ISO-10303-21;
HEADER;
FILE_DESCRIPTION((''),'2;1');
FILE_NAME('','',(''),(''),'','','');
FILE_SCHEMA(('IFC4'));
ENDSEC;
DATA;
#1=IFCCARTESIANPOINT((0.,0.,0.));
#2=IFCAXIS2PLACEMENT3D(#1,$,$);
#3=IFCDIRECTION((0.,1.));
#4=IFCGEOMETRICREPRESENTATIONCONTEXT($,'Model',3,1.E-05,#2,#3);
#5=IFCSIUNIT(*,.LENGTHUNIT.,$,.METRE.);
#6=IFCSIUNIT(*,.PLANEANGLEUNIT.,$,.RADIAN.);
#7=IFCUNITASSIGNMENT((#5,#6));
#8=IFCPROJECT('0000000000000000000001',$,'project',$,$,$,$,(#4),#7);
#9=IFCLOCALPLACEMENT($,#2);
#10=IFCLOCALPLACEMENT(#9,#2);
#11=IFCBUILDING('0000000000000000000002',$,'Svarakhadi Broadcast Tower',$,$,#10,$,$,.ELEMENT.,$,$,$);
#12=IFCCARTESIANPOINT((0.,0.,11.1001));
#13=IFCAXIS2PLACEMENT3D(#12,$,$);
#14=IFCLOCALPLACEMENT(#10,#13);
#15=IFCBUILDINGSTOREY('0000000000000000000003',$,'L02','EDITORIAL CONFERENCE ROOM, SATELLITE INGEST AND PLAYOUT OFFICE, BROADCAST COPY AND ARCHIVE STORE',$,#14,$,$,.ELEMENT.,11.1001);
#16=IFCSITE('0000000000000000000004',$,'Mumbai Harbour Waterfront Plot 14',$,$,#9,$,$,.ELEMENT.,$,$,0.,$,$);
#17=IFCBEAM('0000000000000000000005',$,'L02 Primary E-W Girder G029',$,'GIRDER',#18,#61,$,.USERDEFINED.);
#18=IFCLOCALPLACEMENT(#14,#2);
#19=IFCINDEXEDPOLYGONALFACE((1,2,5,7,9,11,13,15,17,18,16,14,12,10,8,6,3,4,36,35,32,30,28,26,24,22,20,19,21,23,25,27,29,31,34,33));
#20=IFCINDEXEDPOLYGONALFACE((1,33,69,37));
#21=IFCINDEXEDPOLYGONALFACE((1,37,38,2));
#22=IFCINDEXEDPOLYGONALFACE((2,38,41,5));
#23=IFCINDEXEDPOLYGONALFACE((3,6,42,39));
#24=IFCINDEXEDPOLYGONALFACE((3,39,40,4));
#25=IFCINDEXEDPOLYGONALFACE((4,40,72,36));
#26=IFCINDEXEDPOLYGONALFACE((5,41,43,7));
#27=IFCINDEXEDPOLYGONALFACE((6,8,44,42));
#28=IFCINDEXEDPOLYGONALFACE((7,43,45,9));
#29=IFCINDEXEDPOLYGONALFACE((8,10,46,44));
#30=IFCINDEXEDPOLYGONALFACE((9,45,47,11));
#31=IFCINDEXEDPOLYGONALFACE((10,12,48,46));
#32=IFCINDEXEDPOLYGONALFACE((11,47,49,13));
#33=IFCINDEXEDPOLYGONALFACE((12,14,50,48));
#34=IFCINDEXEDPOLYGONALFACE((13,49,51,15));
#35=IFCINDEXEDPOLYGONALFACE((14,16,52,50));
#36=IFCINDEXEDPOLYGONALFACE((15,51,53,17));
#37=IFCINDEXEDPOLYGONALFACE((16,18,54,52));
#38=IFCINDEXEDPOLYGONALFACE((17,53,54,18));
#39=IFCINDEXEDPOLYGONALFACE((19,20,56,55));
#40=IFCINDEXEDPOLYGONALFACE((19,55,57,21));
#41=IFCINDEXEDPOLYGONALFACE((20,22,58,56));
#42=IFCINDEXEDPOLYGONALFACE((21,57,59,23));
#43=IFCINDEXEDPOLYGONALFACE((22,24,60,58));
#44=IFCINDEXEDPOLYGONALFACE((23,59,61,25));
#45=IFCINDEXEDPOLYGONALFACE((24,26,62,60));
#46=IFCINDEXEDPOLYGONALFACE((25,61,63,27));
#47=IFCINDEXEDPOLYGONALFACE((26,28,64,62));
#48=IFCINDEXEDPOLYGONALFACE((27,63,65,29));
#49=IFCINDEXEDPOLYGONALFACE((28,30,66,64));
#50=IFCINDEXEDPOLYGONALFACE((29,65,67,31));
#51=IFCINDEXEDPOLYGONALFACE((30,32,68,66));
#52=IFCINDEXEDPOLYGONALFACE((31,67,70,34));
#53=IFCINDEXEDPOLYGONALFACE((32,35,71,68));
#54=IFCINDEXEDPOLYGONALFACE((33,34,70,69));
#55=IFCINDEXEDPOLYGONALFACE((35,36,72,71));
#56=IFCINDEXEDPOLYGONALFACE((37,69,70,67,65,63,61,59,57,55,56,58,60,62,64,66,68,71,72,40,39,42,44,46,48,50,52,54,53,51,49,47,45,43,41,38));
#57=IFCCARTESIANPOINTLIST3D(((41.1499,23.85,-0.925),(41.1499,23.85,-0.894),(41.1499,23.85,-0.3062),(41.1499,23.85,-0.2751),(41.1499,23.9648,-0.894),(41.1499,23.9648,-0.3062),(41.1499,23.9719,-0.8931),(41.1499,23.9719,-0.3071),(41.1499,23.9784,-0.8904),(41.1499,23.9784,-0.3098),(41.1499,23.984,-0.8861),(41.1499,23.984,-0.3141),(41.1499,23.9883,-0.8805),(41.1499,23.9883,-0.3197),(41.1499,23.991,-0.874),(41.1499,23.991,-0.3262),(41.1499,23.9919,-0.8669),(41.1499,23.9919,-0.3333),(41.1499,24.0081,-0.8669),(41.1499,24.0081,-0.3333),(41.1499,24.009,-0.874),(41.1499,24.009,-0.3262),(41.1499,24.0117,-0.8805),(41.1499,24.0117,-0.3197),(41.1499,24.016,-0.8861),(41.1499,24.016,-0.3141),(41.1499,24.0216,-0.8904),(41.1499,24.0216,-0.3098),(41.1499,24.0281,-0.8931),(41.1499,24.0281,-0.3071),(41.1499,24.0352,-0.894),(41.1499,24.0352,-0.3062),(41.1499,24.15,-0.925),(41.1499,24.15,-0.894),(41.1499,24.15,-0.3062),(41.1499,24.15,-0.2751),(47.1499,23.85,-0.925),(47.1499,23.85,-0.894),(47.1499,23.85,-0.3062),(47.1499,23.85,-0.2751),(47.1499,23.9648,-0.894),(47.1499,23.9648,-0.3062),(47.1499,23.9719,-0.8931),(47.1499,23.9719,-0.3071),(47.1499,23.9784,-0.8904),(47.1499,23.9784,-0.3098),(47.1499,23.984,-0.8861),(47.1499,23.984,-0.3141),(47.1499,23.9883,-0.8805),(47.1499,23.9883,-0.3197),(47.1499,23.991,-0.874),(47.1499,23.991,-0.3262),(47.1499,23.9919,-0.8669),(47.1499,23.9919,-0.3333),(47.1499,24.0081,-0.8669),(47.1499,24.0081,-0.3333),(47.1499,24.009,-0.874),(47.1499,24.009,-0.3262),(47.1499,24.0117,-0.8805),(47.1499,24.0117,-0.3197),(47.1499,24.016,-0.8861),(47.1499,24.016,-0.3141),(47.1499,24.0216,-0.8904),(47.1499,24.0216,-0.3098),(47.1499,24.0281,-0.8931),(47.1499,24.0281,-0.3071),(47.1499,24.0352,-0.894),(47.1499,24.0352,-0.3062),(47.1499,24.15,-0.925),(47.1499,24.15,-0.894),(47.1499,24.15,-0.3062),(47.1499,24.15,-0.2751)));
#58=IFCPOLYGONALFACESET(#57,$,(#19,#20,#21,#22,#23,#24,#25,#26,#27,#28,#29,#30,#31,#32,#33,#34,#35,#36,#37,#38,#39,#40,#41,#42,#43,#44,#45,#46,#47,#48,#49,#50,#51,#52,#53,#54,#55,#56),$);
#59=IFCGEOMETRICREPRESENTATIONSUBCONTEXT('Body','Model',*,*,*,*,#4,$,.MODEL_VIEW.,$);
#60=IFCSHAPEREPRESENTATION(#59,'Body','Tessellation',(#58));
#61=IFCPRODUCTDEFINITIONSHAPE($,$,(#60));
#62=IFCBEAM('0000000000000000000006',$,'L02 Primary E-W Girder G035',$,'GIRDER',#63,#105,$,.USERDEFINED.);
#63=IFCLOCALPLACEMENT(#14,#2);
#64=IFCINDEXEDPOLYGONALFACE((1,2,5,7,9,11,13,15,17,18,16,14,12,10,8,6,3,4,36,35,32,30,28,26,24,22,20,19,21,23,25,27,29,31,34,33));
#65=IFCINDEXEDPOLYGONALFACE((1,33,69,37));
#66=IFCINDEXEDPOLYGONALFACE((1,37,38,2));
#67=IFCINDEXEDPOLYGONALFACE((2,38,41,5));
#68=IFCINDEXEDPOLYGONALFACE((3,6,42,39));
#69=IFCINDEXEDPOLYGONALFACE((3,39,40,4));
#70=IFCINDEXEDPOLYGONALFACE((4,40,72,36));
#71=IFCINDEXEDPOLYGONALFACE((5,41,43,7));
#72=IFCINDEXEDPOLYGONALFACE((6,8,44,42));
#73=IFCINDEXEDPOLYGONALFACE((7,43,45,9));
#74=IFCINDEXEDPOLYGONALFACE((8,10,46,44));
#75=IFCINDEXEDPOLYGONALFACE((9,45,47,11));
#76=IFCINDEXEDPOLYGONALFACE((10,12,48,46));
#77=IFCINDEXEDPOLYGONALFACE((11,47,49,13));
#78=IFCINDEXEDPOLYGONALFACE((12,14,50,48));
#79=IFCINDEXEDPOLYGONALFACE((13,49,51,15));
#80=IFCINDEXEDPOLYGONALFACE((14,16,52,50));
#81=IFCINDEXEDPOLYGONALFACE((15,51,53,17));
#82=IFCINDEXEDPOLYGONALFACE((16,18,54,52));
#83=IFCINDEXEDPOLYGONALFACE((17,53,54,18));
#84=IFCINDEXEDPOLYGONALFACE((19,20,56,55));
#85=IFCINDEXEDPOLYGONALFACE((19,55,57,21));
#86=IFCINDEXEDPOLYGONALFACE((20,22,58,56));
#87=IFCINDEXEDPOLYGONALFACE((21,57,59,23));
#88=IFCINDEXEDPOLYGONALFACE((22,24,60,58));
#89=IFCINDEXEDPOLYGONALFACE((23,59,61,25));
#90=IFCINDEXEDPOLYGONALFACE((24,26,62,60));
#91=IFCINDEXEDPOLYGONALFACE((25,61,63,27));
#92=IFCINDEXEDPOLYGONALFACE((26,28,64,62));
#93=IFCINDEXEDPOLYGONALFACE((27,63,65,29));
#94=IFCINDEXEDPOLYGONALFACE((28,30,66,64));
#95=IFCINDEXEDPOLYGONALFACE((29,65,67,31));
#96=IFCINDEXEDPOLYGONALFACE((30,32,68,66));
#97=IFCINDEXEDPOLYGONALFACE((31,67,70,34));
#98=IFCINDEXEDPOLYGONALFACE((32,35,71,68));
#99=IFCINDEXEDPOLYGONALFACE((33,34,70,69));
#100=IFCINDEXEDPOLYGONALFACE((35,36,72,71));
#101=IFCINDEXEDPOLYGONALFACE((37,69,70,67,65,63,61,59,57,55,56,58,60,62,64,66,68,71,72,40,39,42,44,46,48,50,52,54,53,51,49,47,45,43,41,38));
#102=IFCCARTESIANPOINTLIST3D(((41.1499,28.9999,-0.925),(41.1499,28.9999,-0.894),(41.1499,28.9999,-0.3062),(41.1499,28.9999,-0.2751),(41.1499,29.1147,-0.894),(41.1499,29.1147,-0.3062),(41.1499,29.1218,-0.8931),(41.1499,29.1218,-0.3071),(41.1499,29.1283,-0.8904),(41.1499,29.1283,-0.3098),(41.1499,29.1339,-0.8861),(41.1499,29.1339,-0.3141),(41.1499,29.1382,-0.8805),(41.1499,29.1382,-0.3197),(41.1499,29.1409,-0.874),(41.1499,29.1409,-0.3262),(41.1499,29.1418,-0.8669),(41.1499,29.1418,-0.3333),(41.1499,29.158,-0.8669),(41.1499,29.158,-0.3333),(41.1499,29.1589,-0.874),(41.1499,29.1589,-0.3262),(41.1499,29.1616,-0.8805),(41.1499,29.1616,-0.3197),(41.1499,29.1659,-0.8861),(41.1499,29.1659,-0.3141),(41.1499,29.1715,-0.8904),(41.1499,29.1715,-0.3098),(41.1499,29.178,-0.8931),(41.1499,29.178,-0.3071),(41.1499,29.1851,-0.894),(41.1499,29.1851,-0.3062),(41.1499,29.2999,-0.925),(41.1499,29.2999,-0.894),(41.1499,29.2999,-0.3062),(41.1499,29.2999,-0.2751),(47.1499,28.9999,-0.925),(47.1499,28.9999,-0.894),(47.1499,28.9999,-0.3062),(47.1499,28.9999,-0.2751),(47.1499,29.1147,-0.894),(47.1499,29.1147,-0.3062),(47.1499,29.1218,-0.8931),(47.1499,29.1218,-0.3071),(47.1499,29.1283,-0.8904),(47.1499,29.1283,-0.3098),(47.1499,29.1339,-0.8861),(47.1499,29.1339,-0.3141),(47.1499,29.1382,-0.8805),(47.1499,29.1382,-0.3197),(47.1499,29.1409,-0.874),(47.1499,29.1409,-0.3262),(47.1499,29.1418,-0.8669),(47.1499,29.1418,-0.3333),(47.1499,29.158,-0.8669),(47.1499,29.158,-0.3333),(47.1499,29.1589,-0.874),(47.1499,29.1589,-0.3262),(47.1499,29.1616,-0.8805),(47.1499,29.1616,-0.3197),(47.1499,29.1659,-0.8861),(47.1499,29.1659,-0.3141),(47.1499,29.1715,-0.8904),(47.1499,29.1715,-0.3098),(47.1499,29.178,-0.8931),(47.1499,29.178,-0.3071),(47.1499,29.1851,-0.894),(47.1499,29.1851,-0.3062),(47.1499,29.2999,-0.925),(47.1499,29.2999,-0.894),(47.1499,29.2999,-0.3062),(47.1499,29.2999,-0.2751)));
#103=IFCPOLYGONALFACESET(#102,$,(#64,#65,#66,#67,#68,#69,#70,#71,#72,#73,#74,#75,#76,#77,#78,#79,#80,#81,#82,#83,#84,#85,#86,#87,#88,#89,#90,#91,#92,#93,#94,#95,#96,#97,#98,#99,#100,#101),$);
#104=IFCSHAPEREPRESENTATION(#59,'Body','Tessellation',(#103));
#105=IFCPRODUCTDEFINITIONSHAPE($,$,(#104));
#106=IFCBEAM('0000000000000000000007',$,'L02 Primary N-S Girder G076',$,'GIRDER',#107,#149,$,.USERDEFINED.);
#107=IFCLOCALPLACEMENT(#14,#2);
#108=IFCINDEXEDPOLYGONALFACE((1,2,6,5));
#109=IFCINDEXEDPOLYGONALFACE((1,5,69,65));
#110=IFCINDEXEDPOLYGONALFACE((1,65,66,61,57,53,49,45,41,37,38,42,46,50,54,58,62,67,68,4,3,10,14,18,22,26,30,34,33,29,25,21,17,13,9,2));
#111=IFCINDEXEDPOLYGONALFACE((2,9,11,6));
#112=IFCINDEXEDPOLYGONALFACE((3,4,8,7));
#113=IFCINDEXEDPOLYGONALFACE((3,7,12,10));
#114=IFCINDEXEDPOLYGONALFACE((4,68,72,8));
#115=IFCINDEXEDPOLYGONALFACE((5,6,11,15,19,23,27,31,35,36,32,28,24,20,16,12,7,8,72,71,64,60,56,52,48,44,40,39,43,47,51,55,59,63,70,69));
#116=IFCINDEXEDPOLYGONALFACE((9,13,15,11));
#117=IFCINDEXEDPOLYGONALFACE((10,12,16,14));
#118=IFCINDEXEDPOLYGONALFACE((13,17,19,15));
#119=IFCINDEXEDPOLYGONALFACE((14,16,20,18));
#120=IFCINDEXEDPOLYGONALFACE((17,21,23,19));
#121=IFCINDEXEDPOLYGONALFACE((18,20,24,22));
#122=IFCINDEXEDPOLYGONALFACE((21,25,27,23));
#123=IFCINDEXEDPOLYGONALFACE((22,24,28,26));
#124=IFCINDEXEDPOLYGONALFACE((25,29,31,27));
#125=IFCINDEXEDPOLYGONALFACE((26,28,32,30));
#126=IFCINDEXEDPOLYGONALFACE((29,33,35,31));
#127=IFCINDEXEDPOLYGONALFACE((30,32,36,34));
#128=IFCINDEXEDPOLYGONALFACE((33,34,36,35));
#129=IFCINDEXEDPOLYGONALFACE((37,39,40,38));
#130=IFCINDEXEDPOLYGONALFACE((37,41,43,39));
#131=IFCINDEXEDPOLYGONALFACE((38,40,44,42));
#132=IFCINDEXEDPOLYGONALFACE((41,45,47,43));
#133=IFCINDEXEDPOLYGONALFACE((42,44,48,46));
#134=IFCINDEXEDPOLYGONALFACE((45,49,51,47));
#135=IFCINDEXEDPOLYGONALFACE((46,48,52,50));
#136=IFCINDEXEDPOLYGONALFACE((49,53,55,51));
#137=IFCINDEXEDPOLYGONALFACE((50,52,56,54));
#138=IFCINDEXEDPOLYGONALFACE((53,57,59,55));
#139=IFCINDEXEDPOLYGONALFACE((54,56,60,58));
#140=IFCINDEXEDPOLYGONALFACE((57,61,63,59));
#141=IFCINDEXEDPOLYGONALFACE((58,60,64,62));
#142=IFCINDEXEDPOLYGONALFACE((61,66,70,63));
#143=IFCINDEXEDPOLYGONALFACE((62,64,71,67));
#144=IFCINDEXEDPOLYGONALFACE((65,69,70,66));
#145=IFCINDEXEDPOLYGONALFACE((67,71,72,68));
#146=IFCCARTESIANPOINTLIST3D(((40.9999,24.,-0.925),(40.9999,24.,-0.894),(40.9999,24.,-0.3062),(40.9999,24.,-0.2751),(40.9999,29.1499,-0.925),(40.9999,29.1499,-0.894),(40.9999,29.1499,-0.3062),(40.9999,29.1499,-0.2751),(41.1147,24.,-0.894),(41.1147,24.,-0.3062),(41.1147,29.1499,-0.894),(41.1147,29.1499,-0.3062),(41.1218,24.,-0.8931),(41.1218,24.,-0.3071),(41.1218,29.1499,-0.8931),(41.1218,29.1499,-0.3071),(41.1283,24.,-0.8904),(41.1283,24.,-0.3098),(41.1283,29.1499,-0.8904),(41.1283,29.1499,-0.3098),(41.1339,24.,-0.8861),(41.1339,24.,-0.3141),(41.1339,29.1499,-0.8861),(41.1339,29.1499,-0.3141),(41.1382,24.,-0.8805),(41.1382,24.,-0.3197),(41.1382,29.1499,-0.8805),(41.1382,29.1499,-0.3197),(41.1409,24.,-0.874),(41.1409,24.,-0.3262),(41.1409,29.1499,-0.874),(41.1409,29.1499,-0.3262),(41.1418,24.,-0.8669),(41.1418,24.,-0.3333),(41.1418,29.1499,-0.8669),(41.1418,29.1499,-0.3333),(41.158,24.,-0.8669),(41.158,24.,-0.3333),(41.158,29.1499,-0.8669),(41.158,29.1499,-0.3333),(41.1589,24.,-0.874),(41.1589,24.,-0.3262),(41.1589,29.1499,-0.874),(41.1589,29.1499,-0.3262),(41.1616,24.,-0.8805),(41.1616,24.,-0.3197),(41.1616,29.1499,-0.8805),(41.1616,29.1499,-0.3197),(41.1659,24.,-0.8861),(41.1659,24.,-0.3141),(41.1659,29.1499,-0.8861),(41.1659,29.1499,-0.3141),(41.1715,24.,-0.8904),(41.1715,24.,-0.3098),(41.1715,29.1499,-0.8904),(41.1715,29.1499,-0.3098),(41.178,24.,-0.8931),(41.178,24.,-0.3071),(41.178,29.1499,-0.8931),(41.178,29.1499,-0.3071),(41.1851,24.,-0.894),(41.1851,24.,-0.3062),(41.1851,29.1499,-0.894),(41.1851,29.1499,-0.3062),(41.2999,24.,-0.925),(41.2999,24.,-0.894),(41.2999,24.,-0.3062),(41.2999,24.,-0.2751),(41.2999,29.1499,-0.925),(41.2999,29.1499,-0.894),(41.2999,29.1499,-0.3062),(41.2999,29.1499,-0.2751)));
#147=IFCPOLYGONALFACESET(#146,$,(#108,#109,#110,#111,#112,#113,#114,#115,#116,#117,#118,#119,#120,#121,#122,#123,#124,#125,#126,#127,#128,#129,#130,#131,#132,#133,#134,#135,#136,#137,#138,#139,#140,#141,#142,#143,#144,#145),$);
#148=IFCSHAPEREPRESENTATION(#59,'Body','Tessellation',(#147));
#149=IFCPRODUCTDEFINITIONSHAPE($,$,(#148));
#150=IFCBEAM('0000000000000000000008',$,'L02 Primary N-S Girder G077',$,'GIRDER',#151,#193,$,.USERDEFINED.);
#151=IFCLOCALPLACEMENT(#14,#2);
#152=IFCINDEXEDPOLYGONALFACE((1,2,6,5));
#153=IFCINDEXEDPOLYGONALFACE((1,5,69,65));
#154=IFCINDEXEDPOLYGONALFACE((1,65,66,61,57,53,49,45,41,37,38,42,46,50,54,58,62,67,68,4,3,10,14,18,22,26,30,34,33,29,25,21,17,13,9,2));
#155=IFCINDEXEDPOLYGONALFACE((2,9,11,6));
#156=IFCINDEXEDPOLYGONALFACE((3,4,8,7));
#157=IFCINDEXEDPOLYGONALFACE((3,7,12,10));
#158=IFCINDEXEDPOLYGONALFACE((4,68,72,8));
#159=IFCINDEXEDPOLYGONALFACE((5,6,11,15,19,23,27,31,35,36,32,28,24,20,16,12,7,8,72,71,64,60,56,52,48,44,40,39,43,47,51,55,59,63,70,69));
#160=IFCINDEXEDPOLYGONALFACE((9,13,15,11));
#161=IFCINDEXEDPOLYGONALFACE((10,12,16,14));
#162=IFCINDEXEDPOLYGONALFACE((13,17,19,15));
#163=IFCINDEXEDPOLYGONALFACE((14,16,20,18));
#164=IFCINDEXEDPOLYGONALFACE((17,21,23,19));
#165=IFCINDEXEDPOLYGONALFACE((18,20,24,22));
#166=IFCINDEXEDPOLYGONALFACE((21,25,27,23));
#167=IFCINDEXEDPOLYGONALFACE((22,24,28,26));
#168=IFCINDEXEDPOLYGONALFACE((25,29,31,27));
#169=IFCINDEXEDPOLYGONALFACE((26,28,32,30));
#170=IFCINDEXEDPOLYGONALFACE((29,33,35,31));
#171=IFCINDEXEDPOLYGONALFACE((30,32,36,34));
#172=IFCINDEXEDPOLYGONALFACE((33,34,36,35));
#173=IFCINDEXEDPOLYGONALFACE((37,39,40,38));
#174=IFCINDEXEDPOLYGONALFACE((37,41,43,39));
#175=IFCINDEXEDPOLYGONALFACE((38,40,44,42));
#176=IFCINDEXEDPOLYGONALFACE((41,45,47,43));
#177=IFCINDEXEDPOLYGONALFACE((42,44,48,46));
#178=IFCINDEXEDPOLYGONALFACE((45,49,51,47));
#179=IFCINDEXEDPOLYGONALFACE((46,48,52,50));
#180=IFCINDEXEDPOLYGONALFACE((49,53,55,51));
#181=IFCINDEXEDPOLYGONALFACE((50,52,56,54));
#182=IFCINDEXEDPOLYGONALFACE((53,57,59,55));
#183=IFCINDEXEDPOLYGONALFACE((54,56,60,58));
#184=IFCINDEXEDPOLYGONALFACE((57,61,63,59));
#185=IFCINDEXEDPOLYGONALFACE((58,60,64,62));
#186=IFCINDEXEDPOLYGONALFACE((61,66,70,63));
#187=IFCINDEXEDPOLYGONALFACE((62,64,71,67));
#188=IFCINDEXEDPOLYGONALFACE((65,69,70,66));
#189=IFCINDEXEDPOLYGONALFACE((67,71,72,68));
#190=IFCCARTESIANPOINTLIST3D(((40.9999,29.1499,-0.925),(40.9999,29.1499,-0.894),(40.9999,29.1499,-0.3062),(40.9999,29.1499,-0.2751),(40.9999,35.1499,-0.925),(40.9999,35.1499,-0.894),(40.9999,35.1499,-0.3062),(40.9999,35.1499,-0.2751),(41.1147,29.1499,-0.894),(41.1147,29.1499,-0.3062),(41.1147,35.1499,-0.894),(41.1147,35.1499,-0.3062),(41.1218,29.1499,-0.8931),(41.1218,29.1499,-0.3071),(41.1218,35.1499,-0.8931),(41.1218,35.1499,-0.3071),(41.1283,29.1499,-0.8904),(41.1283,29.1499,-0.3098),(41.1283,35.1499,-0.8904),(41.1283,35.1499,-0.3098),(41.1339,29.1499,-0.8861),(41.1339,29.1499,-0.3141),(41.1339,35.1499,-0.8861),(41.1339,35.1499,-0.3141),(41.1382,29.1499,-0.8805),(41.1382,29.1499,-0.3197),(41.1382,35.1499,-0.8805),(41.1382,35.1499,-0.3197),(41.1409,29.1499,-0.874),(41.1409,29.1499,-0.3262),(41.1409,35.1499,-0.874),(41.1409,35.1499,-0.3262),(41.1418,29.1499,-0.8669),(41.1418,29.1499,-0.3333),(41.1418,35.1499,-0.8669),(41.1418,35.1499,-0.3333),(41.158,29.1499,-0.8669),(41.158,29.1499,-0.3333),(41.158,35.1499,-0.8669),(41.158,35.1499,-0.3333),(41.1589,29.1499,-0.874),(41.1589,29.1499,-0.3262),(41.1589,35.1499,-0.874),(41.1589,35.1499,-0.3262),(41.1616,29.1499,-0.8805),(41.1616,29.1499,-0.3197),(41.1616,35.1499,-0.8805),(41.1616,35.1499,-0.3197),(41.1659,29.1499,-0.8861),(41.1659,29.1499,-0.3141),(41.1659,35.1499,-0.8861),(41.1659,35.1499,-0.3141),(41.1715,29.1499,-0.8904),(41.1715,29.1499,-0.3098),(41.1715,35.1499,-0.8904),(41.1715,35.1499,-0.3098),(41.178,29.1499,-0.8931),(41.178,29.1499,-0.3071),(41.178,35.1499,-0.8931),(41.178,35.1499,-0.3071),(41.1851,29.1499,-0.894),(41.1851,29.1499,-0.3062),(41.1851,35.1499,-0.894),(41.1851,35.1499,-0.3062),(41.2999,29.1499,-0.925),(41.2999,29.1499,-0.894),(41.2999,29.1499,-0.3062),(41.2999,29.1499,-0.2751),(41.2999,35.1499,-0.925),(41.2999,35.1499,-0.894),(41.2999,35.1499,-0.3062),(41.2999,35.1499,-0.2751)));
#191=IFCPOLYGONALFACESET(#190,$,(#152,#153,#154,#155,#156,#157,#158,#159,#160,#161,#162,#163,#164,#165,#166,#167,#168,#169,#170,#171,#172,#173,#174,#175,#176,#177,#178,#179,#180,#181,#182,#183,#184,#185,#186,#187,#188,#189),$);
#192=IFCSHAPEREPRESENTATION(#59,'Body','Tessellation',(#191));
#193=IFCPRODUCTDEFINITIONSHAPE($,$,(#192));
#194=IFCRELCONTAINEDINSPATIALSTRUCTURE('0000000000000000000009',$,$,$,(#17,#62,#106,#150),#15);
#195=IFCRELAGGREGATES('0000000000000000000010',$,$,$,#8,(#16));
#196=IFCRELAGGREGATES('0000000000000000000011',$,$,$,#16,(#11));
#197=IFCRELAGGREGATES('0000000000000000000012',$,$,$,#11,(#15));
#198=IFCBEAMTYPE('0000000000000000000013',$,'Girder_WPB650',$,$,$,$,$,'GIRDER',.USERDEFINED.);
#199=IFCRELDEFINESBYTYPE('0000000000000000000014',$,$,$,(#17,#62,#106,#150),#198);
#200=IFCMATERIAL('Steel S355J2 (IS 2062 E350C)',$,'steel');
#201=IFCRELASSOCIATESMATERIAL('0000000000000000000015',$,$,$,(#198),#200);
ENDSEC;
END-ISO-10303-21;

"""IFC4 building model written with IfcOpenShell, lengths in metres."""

from ifc_helpers import new_model, si_unit, direction, frame, origin, origin_2d, place, context, subcontext, project, spatial, i_section, extrude, material, material_profile, profile_set, type_object, element, save


model = new_model("IFC4")

# Units and contexts
model_context = context("Model", 3, precision=1e-05, world=origin(), true_north=direction((0.0, 1.0)))
body_context = subcontext(model_context, "Body", "Model", "MODEL_VIEW")
ifc_project = project(units=[si_unit("LENGTHUNIT", "METRE"), si_unit("PLANEANGLEUNIT", "RADIAN")], contexts=[model_context])

# Site, building, storey
site_placement = place(None, origin())
site = spatial("IfcSite", under=ifc_project, at=site_placement, Name="Mumbai Harbour Waterfront Plot 14", CompositionType="ELEMENT", RefElevation=0.0)
building_placement = place(site_placement, origin())
building = spatial("IfcBuilding", under=site, at=building_placement, Name="Svarakhadi Broadcast Tower", CompositionType="ELEMENT")
storey_placement = place(building_placement, frame((0.0, 0.0, 11.1001)))
storey = spatial("IfcBuildingStorey", under=building, at=storey_placement, Name="L02", Description="EDITORIAL CONFERENCE ROOM, SATELLITE INGEST AND PLAYOUT OFFICE, BROADCAST COPY AND ARCHIVE STORE", CompositionType="ELEMENT", Elevation=11.1001)

# Beams
ifc_material_1 = material(Name="Steel S355J2 (IS 2062 E350C)", Category="steel")
ifc_material_profile_1 = material_profile(ifc_material_1, i_section(OverallWidth=0.3, OverallDepth=0.6499, WebThickness=0.0161, FlangeThickness=0.031, FilletRadius=0.0271, at=origin_2d()), Name="WPB 650x300x225")
ifc_profile_set_1 = profile_set([ifc_material_profile_1], Name="Steel S355J2 (IS 2062 E350C)")
beam_type_1 = type_object("IfcBeamType", Name="Girder_WPB650", ElementType="GIRDER", PredefinedType="USERDEFINED", material=ifc_profile_set_1)
for number, where, z_axis, x_axis, name in (
    (1, (41.1499, 24.0, -0.6001), (1.0, 0.0, 0.0), (0.0, 1.0, 0.0), "L02 Primary E-W Girder G029"),
    (2, (41.1499, 29.1499, -0.6001), (1.0, 0.0, 0.0), (0.0, 1.0, 0.0), "L02 Primary E-W Girder G035"),
):
    element("IfcBeam", number, at=place(storey_placement, frame(where, z_axis=z_axis, x_axis=x_axis)), inside=storey, type_object=beam_type_1, Name=name, ObjectType="GIRDER", PredefinedType="USERDEFINED", context=body_context, shape_type="SweptSolid", body=[
        extrude(i_section(OverallWidth=0.3, OverallDepth=0.6499, WebThickness=0.0161, FlangeThickness=0.031, FilletRadius=0.0271, at=origin_2d()), origin(), (0.0, 0.0, 1.0), 6.0),
    ])
beam_1_placement = place(storey_placement, frame((41.1499, 24.0, -0.6001), z_axis=(0.0, 1.0, 0.0), x_axis=(-1.0, 0.0, 0.0)))
element("IfcBeam", 3, at=beam_1_placement, inside=storey, type_object=beam_type_1, Name="L02 Primary N-S Girder G076", ObjectType="GIRDER", PredefinedType="USERDEFINED", context=body_context, shape_type="SweptSolid", body=[
    extrude(i_section(OverallWidth=0.3, OverallDepth=0.6499, WebThickness=0.0161, FlangeThickness=0.031, FilletRadius=0.0271, at=origin_2d()), origin(), (0.0, 0.0, 1.0), 5.1499),
])
beam_2_placement = place(storey_placement, frame((41.1499, 29.1499, -0.6001), z_axis=(0.0, 1.0, 0.0), x_axis=(-1.0, 0.0, 0.0)))
element("IfcBeam", 4, at=beam_2_placement, inside=storey, type_object=beam_type_1, Name="L02 Primary N-S Girder G077", ObjectType="GIRDER", PredefinedType="USERDEFINED", context=body_context, shape_type="SweptSolid", body=[
    extrude(i_section(OverallWidth=0.3, OverallDepth=0.6499, WebThickness=0.0161, FlangeThickness=0.031, FilletRadius=0.0271, at=origin_2d()), origin(), (0.0, 0.0, 1.0), 6.0),
])

save(model, "model.ifc")
